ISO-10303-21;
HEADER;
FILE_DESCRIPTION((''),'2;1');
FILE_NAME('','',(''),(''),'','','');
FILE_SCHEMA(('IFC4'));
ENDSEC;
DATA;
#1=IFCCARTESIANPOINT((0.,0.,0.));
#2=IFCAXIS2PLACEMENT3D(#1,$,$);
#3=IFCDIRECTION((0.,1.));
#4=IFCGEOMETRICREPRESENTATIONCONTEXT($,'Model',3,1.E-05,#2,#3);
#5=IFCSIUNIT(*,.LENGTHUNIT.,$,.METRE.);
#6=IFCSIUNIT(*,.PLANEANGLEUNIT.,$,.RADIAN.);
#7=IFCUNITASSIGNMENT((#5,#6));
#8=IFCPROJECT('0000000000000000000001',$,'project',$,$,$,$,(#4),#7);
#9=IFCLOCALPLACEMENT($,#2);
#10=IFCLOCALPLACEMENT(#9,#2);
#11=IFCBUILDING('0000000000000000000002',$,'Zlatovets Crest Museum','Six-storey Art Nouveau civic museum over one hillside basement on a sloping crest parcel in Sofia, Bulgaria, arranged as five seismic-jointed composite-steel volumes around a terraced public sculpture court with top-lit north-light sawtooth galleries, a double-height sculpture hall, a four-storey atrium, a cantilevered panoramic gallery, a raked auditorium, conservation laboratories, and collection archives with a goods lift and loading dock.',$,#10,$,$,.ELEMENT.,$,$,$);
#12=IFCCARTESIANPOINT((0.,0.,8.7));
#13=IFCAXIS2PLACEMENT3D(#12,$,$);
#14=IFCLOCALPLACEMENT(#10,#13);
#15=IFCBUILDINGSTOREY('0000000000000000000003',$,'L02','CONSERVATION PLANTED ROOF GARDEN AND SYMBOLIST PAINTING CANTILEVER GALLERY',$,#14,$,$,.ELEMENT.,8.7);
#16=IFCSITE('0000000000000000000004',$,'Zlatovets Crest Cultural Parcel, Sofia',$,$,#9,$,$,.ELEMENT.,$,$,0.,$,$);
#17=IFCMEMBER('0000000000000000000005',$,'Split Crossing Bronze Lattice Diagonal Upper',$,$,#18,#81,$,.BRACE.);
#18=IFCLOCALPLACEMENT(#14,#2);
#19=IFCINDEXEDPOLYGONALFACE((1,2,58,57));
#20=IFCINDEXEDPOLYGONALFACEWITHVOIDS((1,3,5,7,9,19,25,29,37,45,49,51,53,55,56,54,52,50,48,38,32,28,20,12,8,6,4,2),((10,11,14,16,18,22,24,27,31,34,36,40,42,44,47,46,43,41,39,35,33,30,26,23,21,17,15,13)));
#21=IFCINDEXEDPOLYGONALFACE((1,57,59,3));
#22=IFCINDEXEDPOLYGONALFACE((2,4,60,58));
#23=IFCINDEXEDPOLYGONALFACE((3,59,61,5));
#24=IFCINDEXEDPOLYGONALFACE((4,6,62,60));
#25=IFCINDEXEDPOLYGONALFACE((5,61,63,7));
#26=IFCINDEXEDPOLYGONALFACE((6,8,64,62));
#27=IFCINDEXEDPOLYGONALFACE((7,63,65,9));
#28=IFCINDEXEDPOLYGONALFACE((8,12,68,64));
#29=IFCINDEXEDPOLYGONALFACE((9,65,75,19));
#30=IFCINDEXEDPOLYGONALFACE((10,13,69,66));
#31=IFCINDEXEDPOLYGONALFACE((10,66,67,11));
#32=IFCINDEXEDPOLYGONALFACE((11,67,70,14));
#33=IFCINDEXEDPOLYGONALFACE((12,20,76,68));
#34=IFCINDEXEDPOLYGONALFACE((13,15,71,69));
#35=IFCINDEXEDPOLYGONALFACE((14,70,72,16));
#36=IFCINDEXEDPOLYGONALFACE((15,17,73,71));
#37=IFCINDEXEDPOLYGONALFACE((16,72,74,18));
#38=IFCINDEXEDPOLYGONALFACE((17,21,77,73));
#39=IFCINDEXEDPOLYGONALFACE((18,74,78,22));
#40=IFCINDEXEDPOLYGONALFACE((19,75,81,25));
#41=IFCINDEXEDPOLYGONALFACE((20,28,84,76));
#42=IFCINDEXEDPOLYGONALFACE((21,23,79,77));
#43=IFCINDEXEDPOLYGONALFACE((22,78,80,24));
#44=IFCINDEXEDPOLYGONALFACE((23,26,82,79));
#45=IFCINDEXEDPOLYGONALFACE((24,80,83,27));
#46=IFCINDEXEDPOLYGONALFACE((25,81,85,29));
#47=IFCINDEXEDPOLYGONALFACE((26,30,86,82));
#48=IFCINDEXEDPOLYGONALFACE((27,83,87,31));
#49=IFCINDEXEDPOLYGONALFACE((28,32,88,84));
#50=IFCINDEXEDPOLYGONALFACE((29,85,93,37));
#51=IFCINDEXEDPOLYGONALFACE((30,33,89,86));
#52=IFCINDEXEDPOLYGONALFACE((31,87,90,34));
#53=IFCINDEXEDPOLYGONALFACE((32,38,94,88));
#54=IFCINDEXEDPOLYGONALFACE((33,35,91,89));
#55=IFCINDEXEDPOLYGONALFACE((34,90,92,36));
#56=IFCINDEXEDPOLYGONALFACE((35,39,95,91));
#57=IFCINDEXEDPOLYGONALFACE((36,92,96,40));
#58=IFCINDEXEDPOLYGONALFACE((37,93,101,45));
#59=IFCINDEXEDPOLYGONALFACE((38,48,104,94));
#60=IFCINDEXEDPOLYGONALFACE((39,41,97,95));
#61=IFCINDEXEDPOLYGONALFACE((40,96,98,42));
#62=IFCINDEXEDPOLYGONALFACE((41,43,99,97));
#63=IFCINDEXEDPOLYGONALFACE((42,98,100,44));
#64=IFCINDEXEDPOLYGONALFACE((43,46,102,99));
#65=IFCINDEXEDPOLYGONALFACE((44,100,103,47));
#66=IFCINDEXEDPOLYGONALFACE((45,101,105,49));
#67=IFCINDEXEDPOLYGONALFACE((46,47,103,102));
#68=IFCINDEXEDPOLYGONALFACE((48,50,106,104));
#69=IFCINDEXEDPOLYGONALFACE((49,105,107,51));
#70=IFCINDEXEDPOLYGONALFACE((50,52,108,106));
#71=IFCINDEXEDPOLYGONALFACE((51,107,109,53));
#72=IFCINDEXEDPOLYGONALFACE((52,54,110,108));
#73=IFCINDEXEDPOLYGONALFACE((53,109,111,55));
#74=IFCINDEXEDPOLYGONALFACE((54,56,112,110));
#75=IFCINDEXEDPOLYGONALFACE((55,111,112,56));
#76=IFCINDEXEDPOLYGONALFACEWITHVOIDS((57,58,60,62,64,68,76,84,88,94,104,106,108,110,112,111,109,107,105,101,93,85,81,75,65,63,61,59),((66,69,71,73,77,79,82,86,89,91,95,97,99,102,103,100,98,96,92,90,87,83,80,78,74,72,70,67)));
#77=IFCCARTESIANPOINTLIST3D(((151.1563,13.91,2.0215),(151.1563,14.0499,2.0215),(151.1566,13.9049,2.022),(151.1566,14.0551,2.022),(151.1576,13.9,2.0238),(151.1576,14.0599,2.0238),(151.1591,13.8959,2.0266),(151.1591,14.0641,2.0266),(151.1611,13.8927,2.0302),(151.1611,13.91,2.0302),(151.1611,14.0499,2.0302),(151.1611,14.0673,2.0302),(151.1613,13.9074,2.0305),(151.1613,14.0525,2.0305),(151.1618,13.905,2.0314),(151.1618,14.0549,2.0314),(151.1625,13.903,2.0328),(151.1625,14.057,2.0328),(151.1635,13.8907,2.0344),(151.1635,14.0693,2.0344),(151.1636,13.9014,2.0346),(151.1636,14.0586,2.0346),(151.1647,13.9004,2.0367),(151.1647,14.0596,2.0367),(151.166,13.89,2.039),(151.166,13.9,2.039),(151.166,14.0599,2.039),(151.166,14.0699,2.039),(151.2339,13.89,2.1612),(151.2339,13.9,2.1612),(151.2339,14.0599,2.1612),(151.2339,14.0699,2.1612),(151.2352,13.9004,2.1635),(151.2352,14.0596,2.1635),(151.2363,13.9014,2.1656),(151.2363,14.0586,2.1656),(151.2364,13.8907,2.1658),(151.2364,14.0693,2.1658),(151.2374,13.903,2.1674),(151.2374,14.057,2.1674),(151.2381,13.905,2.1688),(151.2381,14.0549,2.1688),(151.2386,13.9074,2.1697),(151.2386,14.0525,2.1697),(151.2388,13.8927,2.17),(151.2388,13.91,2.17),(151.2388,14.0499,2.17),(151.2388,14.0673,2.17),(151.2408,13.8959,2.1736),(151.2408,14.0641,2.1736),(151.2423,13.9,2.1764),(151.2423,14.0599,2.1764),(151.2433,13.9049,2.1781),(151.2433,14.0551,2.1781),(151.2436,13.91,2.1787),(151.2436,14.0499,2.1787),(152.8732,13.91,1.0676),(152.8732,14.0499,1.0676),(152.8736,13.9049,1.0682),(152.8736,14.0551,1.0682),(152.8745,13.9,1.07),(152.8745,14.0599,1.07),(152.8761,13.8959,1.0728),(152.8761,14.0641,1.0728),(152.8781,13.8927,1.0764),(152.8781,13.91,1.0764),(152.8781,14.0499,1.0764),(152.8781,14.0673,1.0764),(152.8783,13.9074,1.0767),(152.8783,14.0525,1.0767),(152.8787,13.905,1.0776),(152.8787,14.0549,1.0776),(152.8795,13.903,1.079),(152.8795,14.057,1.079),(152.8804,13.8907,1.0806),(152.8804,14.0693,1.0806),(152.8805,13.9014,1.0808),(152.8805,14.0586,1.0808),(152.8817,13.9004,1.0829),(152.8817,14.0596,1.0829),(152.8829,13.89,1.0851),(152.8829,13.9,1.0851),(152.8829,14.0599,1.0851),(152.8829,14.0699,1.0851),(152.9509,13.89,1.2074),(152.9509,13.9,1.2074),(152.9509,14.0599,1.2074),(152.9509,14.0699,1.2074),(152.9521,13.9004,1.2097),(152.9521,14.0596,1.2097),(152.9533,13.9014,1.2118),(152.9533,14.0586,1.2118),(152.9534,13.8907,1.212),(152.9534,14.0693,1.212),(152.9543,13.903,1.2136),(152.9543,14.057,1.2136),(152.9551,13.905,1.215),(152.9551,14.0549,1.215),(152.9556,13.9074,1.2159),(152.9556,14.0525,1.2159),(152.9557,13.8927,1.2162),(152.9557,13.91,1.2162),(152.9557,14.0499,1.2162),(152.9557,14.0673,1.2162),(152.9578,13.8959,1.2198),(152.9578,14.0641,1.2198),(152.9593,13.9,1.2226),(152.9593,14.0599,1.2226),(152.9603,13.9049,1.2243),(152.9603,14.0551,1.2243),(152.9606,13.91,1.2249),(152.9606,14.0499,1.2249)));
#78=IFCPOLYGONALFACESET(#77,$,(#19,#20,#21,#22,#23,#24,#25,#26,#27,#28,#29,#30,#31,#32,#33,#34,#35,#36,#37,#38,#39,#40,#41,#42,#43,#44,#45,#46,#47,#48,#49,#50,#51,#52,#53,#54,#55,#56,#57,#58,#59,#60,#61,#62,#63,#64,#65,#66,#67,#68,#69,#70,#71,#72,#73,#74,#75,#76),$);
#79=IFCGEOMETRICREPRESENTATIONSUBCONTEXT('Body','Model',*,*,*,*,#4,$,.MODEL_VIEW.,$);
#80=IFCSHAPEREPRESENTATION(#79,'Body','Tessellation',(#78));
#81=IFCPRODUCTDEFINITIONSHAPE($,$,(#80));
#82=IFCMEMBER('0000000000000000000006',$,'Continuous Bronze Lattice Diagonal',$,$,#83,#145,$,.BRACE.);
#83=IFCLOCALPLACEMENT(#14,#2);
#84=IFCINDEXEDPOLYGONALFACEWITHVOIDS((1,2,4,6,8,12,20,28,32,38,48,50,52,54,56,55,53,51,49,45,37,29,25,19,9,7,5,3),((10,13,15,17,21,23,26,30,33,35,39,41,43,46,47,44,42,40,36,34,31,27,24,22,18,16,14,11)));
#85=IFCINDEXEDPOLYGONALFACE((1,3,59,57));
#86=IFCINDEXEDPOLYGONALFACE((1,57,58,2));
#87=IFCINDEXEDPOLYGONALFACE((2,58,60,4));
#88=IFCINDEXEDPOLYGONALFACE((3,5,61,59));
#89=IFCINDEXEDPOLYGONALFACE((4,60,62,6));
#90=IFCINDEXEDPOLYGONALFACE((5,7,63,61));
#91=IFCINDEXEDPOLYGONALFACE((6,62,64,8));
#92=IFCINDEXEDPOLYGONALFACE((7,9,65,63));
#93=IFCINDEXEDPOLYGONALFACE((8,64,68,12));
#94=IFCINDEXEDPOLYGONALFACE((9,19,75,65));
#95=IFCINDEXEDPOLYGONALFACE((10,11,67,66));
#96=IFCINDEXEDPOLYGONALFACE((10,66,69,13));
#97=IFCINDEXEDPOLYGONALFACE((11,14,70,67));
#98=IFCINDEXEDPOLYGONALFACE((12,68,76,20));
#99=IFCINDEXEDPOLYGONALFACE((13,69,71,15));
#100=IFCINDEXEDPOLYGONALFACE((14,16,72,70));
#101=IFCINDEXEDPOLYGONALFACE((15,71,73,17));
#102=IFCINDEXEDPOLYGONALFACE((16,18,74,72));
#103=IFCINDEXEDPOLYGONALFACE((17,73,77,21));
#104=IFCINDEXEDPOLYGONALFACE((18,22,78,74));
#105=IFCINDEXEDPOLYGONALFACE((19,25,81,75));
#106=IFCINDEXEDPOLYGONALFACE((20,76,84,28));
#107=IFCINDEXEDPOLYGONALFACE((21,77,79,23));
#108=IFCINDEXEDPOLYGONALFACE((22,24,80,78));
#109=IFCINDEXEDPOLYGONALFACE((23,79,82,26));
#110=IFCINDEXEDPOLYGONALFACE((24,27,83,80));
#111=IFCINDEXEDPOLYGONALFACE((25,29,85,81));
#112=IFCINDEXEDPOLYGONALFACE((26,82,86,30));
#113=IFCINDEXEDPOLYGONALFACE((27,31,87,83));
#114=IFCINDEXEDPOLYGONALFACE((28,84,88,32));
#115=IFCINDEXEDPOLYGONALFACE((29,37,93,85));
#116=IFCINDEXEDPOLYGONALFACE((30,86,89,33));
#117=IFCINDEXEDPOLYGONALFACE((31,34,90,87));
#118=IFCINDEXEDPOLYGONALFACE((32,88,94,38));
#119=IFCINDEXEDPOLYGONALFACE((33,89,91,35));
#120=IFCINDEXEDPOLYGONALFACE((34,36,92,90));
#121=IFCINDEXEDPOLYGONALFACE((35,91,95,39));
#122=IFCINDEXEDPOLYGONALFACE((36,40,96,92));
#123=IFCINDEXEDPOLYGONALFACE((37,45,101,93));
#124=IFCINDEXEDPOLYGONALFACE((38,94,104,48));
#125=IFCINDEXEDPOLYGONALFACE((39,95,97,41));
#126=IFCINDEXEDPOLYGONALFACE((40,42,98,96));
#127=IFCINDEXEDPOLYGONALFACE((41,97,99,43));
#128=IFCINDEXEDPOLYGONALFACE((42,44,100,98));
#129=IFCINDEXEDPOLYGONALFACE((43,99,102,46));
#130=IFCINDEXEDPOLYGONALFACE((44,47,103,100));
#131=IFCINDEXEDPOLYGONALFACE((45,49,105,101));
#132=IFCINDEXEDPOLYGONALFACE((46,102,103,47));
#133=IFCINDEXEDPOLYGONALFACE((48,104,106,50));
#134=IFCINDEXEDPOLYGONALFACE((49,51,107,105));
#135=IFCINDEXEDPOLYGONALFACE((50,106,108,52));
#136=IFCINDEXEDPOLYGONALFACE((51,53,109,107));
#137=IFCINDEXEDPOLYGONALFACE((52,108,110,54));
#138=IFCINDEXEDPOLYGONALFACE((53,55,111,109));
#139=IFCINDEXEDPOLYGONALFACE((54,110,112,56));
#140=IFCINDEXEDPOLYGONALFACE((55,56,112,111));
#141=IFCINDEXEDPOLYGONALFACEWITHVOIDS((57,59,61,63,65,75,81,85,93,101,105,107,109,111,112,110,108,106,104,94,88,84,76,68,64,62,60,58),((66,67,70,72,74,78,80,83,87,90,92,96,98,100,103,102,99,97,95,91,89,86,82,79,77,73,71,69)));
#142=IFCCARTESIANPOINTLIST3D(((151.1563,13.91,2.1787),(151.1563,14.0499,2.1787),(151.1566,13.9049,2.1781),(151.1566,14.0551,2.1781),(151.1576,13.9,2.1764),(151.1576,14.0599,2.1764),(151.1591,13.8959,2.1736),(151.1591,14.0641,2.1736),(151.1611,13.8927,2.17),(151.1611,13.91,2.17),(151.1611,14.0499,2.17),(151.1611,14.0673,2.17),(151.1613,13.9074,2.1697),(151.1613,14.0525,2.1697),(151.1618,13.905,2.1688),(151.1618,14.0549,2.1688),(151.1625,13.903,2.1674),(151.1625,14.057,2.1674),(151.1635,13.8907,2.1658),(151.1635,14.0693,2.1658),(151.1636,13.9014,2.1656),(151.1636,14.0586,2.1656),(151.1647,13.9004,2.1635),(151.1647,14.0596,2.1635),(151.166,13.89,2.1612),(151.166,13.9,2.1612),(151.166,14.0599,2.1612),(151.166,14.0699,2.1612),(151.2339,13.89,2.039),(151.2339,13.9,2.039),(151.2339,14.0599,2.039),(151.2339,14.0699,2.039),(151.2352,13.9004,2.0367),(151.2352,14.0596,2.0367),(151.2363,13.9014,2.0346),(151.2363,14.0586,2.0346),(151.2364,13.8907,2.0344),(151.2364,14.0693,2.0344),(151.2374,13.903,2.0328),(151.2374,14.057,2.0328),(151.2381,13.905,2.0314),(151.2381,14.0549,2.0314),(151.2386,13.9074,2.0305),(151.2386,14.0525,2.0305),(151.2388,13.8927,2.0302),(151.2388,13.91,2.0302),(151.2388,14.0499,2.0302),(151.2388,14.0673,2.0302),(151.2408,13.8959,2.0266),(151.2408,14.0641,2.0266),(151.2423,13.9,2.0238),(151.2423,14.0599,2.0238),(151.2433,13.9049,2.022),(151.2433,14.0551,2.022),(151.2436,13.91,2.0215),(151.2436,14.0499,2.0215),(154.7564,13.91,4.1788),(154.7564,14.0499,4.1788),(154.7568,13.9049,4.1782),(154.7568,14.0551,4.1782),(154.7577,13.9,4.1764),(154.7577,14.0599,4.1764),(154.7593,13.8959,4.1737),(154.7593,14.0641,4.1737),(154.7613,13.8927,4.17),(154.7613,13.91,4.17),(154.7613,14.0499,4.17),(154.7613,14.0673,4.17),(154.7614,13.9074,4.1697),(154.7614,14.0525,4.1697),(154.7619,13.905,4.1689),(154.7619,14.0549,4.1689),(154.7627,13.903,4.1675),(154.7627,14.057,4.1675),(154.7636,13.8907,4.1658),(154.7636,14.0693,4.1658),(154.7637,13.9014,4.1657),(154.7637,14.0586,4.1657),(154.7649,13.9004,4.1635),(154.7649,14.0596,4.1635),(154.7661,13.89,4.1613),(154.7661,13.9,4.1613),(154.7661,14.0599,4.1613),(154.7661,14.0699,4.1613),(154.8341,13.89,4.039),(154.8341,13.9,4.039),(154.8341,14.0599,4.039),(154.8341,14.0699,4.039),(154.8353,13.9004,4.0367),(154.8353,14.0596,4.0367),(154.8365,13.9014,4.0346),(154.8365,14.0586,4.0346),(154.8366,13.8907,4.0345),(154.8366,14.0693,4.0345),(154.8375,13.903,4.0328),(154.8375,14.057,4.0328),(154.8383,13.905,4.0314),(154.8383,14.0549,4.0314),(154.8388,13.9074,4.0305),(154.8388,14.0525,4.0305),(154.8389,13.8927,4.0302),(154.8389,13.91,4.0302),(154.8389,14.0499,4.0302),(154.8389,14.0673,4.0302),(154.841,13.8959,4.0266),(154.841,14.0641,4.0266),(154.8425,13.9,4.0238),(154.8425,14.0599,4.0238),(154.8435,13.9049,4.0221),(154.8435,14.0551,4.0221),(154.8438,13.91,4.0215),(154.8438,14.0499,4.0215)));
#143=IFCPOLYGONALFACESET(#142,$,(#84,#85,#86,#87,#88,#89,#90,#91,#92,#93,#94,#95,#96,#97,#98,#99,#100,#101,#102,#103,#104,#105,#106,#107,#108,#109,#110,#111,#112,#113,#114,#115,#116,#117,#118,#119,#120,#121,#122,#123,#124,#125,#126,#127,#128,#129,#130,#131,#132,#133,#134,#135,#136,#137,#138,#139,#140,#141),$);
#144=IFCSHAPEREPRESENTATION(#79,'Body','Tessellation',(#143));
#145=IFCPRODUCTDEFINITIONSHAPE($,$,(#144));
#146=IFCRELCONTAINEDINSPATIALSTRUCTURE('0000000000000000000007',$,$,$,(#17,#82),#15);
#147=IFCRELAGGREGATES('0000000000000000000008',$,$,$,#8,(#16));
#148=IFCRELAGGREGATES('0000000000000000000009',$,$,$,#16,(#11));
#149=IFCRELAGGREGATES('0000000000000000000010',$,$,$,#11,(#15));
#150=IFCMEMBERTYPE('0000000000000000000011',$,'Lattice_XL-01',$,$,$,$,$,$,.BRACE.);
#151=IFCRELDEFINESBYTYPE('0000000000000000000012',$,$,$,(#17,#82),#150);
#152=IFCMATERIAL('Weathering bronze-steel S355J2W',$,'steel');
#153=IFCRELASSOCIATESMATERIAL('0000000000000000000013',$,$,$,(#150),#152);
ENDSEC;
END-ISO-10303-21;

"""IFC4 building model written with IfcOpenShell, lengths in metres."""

from ifc_helpers import new_model, si_unit, direction, frame, origin, origin_2d, place, context, subcontext, project, spatial, hollow_rectangle, extrude, material, material_profile, profile_set, type_object, element, save


model = new_model("IFC4")

# Units and contexts
model_context = context("Model", 3, precision=1e-05, world=origin(), true_north=direction((0.0, 1.0)))
body_context = subcontext(model_context, "Body", "Model", "MODEL_VIEW")
ifc_project = project(units=[si_unit("LENGTHUNIT", "METRE"), si_unit("PLANEANGLEUNIT", "RADIAN")], contexts=[model_context])

# Site, building, storey
site_placement = place(None, origin())
site = spatial("IfcSite", under=ifc_project, at=site_placement, Name="Zlatovets Crest Cultural Parcel, Sofia", CompositionType="ELEMENT", RefElevation=0.0)
building_placement = place(site_placement, origin())
building = spatial("IfcBuilding", under=site, at=building_placement, Name="Zlatovets Crest Museum", Description="Six-storey Art Nouveau civic museum over one hillside basement on a sloping crest parcel in Sofia, Bulgaria, arranged as five seismic-jointed composite-steel volumes around a terraced public sculpture court with top-lit north-light sawtooth galleries, a double-height sculpture hall, a four-storey atrium, a cantilevered panoramic gallery, a raked auditorium, conservation laboratories, and collection archives with a goods lift and loading dock.", CompositionType="ELEMENT")
storey_placement = place(building_placement, frame((0.0, 0.0, 8.7)))
storey = spatial("IfcBuildingStorey", under=building, at=storey_placement, Name="L02", Description="CONSERVATION PLANTED ROOF GARDEN AND SYMBOLIST PAINTING CANTILEVER GALLERY", CompositionType="ELEMENT", Elevation=8.7)

# Members
ifc_material_1 = material(Name="Weathering bronze-steel S355J2W", Category="steel")
ifc_material_profile_1 = material_profile(ifc_material_1, hollow_rectangle(XDim=0.1799, YDim=0.1799, WallThickness=0.01, InnerFilletRadius=0.01, OuterFilletRadius=0.02, at=origin_2d()), Name="SHS 180x180x10.0")
ifc_profile_set_1 = profile_set([ifc_material_profile_1], Name="Weathering bronze-steel S355J2W")
member_type_1 = type_object("IfcMemberType", Name="Lattice_XL-01", PredefinedType="BRACE", material=ifc_profile_set_1)
member_1_placement = place(storey_placement, frame((151.2, 13.98, 2.1001), z_axis=(0.874169, 0.0, -0.485622), x_axis=(0.0, 1.0, 0.0)))
element("IfcMember", 1, at=member_1_placement, inside=storey, type_object=member_type_1, Name="Split Crossing Bronze Lattice Diagonal Upper", PredefinedType="BRACE", context=body_context, shape_type="SweptSolid", body=[
    extrude(hollow_rectangle(XDim=0.1799, YDim=0.1799, WallThickness=0.01, InnerFilletRadius=0.01, OuterFilletRadius=0.02, at=origin_2d()), origin(), (0.0, 0.0, 1.0), 1.9641),
])
member_2_placement = place(storey_placement, frame((151.2, 13.98, 2.1001), z_axis=(0.874163, 0.0, 0.485633), x_axis=(0.0, 1.0, 0.0)))
element("IfcMember", 2, at=member_2_placement, inside=storey, type_object=member_type_1, Name="Continuous Bronze Lattice Diagonal", PredefinedType="BRACE", context=body_context, shape_type="SweptSolid", body=[
    extrude(hollow_rectangle(XDim=0.1799, YDim=0.1799, WallThickness=0.01, InnerFilletRadius=0.01, OuterFilletRadius=0.02, at=origin_2d()), origin(), (0.0, 0.0, 1.0), 4.1184),
])

save(model, "model.ifc")
